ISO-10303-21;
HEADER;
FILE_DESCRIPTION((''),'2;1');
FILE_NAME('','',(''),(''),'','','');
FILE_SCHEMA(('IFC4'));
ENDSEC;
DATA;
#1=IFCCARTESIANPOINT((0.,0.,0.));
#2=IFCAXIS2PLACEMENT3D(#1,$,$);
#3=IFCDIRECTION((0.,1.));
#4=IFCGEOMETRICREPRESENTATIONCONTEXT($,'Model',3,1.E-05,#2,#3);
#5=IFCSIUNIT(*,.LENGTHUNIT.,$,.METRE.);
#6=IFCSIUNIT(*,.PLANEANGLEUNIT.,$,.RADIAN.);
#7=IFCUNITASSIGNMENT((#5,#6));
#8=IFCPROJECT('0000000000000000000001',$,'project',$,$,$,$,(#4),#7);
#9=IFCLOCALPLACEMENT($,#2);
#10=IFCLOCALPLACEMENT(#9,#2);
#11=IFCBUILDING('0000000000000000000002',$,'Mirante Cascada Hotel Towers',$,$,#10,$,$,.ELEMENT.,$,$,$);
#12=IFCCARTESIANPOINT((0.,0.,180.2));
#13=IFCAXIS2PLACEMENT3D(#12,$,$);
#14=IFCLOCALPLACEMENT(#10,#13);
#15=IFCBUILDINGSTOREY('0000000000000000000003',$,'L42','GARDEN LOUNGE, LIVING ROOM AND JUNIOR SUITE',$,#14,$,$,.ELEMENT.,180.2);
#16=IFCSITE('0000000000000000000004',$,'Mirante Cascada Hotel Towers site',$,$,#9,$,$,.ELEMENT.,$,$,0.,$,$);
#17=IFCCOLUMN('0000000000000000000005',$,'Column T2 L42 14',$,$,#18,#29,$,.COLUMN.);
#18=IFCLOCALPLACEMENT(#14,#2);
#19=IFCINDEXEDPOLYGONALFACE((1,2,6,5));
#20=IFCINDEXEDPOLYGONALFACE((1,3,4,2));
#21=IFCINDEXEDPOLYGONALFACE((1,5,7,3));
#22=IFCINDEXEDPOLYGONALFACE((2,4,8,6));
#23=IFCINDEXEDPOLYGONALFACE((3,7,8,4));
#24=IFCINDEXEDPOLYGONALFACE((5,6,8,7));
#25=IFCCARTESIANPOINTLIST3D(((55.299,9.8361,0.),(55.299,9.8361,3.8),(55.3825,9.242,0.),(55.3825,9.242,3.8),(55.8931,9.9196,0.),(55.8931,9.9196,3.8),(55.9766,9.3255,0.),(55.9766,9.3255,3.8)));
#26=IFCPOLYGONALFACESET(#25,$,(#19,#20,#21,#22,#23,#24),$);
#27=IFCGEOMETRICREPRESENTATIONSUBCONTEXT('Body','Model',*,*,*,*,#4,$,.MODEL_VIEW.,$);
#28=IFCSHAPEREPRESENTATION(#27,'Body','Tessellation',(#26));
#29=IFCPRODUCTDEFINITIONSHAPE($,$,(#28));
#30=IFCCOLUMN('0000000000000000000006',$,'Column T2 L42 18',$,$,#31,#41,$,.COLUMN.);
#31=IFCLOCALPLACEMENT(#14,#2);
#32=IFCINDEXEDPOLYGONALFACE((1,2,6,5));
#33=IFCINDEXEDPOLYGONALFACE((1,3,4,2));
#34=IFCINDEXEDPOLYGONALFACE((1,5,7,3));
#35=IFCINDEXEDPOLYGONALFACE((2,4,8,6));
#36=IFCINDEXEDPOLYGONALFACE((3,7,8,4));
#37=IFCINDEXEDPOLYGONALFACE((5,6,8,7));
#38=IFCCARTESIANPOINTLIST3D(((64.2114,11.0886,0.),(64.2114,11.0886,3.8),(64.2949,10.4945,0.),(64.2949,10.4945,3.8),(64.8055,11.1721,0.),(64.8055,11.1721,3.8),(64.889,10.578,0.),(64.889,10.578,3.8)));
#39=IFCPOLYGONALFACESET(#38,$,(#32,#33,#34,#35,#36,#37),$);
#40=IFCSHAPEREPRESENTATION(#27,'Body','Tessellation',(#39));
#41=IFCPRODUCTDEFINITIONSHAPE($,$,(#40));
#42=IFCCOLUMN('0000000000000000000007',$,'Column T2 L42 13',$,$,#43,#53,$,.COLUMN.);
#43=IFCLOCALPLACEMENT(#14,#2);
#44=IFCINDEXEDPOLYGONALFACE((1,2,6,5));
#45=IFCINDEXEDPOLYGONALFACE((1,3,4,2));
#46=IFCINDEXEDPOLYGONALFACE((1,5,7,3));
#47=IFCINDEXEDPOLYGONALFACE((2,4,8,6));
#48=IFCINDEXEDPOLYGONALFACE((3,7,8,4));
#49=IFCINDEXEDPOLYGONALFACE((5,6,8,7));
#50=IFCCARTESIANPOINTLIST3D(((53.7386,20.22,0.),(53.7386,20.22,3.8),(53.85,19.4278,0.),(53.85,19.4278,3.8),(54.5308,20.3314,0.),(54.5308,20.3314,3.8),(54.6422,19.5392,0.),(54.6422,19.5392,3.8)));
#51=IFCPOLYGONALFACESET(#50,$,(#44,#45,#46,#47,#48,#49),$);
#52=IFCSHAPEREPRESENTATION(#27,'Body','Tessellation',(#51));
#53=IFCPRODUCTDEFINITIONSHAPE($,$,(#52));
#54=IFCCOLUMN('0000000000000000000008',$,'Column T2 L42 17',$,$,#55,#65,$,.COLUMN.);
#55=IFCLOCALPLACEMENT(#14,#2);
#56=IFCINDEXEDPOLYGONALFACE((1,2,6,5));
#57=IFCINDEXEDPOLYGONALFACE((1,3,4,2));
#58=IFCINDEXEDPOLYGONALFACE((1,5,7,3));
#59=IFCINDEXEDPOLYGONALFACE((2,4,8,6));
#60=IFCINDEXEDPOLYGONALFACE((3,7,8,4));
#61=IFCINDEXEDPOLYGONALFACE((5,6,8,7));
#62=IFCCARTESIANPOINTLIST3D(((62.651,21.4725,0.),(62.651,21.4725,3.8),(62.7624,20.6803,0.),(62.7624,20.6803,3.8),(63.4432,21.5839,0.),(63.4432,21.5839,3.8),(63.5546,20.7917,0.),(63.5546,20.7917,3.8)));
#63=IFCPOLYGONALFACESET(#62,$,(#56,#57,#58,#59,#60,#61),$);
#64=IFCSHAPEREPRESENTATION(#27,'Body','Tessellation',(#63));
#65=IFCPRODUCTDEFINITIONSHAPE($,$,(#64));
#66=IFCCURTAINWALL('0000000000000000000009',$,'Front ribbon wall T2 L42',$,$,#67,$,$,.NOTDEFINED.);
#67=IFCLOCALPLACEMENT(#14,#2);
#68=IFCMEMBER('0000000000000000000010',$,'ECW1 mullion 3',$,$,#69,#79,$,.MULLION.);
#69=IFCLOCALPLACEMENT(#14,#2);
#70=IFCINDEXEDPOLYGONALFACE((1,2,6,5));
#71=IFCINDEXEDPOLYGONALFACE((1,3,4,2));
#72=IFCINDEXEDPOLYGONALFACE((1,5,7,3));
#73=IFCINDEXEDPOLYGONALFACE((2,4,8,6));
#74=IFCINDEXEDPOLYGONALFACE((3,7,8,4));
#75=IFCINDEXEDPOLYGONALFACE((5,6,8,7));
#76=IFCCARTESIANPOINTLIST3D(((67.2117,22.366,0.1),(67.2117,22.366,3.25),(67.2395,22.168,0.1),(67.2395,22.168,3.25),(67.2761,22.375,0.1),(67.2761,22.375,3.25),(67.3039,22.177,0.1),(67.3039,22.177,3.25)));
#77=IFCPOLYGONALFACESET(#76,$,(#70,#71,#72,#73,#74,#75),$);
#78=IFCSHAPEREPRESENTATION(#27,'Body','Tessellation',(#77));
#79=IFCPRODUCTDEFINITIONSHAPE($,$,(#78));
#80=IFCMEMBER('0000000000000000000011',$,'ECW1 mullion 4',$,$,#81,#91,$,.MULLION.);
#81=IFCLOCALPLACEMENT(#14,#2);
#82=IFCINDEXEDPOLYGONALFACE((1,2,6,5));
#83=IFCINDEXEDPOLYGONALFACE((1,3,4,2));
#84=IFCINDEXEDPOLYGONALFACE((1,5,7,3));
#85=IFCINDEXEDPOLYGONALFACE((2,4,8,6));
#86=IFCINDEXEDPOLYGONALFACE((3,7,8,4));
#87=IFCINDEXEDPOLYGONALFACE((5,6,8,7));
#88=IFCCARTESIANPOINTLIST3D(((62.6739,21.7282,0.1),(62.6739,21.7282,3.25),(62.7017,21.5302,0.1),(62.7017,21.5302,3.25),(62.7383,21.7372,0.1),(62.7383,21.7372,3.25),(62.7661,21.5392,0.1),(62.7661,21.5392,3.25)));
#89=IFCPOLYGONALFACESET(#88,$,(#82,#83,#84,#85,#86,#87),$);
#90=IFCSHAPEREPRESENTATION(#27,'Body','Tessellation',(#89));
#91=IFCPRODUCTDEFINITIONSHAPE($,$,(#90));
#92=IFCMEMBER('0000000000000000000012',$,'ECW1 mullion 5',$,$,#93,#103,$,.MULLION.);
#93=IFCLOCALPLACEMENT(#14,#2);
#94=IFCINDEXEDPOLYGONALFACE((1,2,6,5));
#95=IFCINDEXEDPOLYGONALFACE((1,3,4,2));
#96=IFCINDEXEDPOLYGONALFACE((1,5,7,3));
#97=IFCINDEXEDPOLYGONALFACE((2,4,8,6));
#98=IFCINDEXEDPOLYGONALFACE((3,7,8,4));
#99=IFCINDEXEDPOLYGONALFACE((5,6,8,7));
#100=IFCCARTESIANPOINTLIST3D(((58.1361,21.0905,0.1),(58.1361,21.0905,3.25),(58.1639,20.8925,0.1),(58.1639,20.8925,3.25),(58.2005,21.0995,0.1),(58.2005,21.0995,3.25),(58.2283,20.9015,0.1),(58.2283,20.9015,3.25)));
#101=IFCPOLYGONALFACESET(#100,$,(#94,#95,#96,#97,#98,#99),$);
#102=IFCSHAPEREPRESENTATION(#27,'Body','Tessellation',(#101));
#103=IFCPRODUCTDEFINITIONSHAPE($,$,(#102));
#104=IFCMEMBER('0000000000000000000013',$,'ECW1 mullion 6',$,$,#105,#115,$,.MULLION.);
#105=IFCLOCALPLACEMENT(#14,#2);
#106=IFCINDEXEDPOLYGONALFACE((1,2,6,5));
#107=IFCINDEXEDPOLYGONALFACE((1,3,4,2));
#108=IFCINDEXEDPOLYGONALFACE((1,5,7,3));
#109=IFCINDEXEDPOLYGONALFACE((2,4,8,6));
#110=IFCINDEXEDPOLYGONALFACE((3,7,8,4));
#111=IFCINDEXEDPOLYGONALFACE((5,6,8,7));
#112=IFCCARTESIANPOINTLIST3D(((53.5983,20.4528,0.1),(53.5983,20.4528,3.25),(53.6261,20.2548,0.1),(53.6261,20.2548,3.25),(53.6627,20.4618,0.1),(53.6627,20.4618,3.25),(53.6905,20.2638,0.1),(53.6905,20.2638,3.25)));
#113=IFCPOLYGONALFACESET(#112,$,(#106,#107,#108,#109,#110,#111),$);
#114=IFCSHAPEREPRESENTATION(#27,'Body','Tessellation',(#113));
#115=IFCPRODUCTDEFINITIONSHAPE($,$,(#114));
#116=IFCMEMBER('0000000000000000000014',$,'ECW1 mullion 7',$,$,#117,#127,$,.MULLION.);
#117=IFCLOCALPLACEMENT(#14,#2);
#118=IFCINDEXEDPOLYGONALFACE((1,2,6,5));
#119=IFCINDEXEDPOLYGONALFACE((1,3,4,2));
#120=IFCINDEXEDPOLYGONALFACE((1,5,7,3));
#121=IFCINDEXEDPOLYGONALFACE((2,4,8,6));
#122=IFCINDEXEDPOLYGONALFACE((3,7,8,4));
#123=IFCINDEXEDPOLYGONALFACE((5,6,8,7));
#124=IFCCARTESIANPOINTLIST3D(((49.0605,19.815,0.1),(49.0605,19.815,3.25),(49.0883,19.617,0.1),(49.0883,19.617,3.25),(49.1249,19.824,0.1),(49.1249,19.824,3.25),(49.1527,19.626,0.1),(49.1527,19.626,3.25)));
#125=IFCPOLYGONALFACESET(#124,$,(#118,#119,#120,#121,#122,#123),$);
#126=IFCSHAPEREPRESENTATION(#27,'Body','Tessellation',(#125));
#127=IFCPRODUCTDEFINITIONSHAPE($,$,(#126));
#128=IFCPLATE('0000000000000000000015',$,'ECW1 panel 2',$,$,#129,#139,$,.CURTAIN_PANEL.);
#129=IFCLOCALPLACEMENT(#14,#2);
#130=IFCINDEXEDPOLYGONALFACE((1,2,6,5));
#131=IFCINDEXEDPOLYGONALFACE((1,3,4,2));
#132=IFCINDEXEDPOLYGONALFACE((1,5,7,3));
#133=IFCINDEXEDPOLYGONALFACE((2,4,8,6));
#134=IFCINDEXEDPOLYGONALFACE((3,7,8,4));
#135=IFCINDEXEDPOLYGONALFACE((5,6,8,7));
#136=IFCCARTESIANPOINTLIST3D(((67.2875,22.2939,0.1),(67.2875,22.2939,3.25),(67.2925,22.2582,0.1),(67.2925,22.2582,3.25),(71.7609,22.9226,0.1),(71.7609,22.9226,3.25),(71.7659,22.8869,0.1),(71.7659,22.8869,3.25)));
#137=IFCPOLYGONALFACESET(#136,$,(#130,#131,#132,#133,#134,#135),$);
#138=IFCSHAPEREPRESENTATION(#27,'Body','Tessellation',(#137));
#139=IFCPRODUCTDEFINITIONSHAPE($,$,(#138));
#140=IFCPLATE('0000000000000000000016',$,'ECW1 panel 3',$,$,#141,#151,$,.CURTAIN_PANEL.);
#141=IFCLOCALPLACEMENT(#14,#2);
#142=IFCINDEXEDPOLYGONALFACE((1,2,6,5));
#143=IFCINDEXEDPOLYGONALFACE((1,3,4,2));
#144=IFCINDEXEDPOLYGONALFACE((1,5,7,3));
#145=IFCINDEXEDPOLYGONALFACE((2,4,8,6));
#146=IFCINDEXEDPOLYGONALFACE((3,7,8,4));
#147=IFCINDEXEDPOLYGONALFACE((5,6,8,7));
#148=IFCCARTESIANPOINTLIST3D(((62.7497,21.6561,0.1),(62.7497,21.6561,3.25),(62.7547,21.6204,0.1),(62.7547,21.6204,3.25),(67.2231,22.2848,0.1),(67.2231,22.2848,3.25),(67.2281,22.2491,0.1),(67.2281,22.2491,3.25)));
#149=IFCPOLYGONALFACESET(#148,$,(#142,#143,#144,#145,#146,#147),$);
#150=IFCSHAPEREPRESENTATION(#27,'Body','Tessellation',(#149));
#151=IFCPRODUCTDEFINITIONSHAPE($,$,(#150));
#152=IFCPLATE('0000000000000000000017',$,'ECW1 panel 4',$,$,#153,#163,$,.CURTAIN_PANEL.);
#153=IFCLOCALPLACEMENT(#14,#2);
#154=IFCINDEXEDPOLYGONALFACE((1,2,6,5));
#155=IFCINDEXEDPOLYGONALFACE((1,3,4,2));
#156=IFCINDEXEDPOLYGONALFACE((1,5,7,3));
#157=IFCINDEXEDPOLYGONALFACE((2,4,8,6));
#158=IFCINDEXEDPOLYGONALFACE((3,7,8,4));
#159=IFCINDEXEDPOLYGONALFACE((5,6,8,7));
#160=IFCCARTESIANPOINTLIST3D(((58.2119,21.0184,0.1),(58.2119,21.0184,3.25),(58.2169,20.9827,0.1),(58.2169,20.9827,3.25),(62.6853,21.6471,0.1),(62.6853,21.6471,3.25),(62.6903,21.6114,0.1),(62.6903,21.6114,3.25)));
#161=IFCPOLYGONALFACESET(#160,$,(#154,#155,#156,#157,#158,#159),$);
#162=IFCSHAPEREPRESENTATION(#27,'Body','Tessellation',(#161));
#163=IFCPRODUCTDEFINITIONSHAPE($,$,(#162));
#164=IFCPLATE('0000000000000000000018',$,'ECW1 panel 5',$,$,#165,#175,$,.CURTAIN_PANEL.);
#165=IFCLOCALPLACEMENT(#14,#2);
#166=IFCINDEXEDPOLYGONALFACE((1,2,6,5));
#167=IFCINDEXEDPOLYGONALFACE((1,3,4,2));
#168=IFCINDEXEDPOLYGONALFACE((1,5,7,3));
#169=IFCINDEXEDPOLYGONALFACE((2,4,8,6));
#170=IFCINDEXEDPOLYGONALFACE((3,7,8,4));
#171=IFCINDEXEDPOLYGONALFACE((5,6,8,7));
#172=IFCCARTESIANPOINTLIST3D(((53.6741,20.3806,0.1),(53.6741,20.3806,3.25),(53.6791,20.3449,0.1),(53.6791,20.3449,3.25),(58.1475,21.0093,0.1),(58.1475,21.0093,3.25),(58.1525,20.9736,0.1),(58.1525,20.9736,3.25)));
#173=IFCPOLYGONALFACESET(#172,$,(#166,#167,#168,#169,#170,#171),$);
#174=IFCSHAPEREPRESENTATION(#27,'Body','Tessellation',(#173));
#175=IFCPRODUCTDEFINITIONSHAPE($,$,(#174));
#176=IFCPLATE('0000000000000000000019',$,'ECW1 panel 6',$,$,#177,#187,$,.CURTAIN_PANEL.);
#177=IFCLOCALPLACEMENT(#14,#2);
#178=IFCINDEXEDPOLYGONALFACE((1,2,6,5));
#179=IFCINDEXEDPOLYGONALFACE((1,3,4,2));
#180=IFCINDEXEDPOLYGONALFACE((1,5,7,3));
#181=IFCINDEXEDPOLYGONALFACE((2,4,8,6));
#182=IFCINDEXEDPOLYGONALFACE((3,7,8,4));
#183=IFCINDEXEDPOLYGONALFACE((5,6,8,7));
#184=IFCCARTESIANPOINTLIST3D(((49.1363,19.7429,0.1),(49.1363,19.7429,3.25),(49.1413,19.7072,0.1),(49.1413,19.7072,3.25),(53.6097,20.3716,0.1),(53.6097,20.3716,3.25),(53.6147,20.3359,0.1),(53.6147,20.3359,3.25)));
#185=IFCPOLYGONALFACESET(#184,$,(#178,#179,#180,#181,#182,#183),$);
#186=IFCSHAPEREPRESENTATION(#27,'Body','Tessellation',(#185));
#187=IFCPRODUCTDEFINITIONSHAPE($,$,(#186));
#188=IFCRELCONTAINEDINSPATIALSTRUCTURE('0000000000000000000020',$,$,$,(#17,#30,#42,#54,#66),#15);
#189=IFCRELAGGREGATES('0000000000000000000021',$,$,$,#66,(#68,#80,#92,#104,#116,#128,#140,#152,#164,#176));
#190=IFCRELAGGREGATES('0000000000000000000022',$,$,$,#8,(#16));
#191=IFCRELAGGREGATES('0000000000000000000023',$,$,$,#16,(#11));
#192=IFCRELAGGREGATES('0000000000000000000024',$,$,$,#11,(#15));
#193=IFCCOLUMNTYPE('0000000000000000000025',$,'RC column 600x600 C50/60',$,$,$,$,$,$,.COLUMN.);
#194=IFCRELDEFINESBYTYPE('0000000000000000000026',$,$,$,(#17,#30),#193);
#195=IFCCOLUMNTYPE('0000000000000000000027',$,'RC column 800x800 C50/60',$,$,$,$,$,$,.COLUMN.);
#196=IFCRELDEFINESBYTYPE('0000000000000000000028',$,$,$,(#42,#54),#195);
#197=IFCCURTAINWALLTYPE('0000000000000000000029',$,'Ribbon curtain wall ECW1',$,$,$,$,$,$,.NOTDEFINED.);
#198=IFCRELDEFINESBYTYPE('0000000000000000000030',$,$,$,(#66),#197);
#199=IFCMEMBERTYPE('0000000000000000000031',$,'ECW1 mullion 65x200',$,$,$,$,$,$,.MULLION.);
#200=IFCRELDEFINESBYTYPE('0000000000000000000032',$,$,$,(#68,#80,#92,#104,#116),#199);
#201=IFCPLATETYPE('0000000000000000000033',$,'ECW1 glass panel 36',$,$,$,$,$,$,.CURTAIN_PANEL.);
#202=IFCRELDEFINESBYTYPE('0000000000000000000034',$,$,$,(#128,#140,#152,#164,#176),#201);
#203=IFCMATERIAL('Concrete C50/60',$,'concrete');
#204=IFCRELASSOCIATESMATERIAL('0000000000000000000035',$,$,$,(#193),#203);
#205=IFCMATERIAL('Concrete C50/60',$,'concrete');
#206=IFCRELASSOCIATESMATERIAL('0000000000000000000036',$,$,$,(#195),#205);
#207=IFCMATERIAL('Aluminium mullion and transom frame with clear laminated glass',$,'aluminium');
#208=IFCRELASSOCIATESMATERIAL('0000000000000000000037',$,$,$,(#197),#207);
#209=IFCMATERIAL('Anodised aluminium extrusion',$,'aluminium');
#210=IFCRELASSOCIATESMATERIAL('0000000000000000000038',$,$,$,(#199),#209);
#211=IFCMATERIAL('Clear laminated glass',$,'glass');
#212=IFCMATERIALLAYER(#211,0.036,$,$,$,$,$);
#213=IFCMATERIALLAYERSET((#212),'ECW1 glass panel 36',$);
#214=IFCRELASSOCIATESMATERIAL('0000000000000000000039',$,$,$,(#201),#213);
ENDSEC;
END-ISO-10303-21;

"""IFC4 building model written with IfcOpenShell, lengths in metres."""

from ifc_helpers import new_model, si_unit, direction, frame, origin, origin_2d, place, context, subcontext, project, spatial, rectangle, extrude, material, layer, layer_set, material_profile, profile_set, type_object, element, aggregate, save


model = new_model("IFC4")

# Units and contexts
model_context = context("Model", 3, precision=1e-05, world=origin(), true_north=direction((0.0, 1.0)))
body_context = subcontext(model_context, "Body", "Model", "MODEL_VIEW")
ifc_project = project(units=[si_unit("LENGTHUNIT", "METRE"), si_unit("PLANEANGLEUNIT", "RADIAN")], contexts=[model_context])

# Site, building, storey
site_placement = place(None, origin())
site = spatial("IfcSite", under=ifc_project, at=site_placement, Name="Mirante Cascada Hotel Towers site", CompositionType="ELEMENT", RefElevation=0.0)
building_placement = place(site_placement, origin())
building = spatial("IfcBuilding", under=site, at=building_placement, Name="Mirante Cascada Hotel Towers", CompositionType="ELEMENT")
storey_placement = place(building_placement, frame((0.0, 0.0, 180.2)))
storey = spatial("IfcBuildingStorey", under=building, at=storey_placement, Name="L42", Description="GARDEN LOUNGE, LIVING ROOM AND JUNIOR SUITE", CompositionType="ELEMENT", Elevation=180.2)

# Columns
ifc_material_1 = material(Name="Concrete C50/60", Category="concrete")
ifc_material_profile_1 = material_profile(ifc_material_1, rectangle(XDim=0.6, YDim=0.6, at=origin_2d()), Name="RC column 600x600 C50/60")
ifc_profile_set_1 = profile_set([ifc_material_profile_1], Name="Concrete C50/60")
column_type_1 = type_object("IfcColumnType", Name="RC column 600x600 C50/60", PredefinedType="COLUMN", material=ifc_profile_set_1)
for number, where, z_axis, x_axis, name in (
    (1, (55.6378, 9.5808, 0.0), (0.0, 0.0, 1.0), (0.990268, 0.139173, 0.0), "Column T2 L42 14"),
    (2, (64.5502, 10.8333, 0.0), (0.0, 0.0, 1.0), (0.990268, 0.139173, 0.0), "Column T2 L42 18"),
):
    element("IfcColumn", number, at=place(storey_placement, frame(where, z_axis=z_axis, x_axis=x_axis)), inside=storey, type_object=column_type_1, Name=name, PredefinedType="COLUMN", context=body_context, shape_type="SweptSolid", body=[
        extrude(rectangle(XDim=0.6, YDim=0.6, at=origin_2d()), origin(), (0.0, 0.0, 1.0), 3.8),
    ])
ifc_material_2 = material(Name="Concrete C50/60", Category="concrete")
ifc_material_profile_2 = material_profile(ifc_material_2, rectangle(XDim=0.8, YDim=0.8, at=origin_2d()), Name="RC column 800x800 C50/60")
ifc_profile_set_2 = profile_set([ifc_material_profile_2], Name="Concrete C50/60")
column_type_2 = type_object("IfcColumnType", Name="RC column 800x800 C50/60", PredefinedType="COLUMN", material=ifc_profile_set_2)
for number, where, z_axis, x_axis, name in (
    (3, (54.1904, 19.8796, 0.0), (0.0, 0.0, 1.0), (0.990268, 0.139173, 0.0), "Column T2 L42 13"),
    (4, (63.1028, 21.1321, 0.0), (0.0, 0.0, 1.0), (0.990268, 0.139173, 0.0), "Column T2 L42 17"),
):
    element("IfcColumn", number, at=place(storey_placement, frame(where, z_axis=z_axis, x_axis=x_axis)), inside=storey, type_object=column_type_2, Name=name, PredefinedType="COLUMN", context=body_context, shape_type="SweptSolid", body=[
        extrude(rectangle(XDim=0.8, YDim=0.8, at=origin_2d()), origin(), (0.0, 0.0, 1.0), 3.8),
    ])

# Curtain wall, members, plates
ifc_material_3 = material(Name="Aluminium mullion and transom frame with clear laminated glass", Category="aluminium")
curtain_wall_type = type_object("IfcCurtainWallType", Name="Ribbon curtain wall ECW1", PredefinedType="NOTDEFINED", material=ifc_material_3)
curtain_wall_placement = place(storey_placement, origin())
curtain_wall = element("IfcCurtainWall", 5, at=curtain_wall_placement, inside=storey, type_object=curtain_wall_type, Name="Front ribbon wall T2 L42", PredefinedType="NOTDEFINED")
ifc_material_4 = material(Name="Anodised aluminium extrusion", Category="aluminium")
ifc_material_profile_3 = material_profile(ifc_material_4, rectangle(XDim=0.2, YDim=0.065, at=origin_2d()), Name="ECW1 MULLION 65x200")
ifc_profile_set_3 = profile_set([ifc_material_profile_3], Name="Anodised aluminium extrusion")
member_type = type_object("IfcMemberType", Name="ECW1 mullion 65x200", PredefinedType="MULLION", material=ifc_profile_set_3)
member_1_placement = place(storey_placement, frame((67.2578, 22.2715, 0.1), z_axis=(0.0, 0.0, 1.0), x_axis=(0.139173, -0.990268, 0.0)))
member_1 = element("IfcMember", 6, at=member_1_placement, type_object=member_type, Name="ECW1 mullion 3", PredefinedType="MULLION", context=body_context, shape_type="SweptSolid", body=[
    extrude(rectangle(XDim=0.2, YDim=0.065, at=origin_2d()), origin(), (0.0, 0.0, 1.0), 3.15),
])
member_2_placement = place(storey_placement, frame((62.72, 21.6337, 0.1), z_axis=(0.0, 0.0, 1.0), x_axis=(0.139173, -0.990268, 0.0)))
member_2 = element("IfcMember", 7, at=member_2_placement, type_object=member_type, Name="ECW1 mullion 4", PredefinedType="MULLION", context=body_context, shape_type="SweptSolid", body=[
    extrude(rectangle(XDim=0.2, YDim=0.065, at=origin_2d()), origin(), (0.0, 0.0, 1.0), 3.15),
])
member_3_placement = place(storey_placement, frame((58.1822, 20.996, 0.1), z_axis=(0.0, 0.0, 1.0), x_axis=(0.139173, -0.990268, 0.0)))
member_3 = element("IfcMember", 8, at=member_3_placement, type_object=member_type, Name="ECW1 mullion 5", PredefinedType="MULLION", context=body_context, shape_type="SweptSolid", body=[
    extrude(rectangle(XDim=0.2, YDim=0.065, at=origin_2d()), origin(), (0.0, 0.0, 1.0), 3.15),
])
member_4_placement = place(storey_placement, frame((53.6444, 20.3583, 0.1), z_axis=(0.0, 0.0, 1.0), x_axis=(0.139173, -0.990268, 0.0)))
member_4 = element("IfcMember", 9, at=member_4_placement, type_object=member_type, Name="ECW1 mullion 6", PredefinedType="MULLION", context=body_context, shape_type="SweptSolid", body=[
    extrude(rectangle(XDim=0.2, YDim=0.065, at=origin_2d()), origin(), (0.0, 0.0, 1.0), 3.15),
])
member_5_placement = place(storey_placement, frame((49.1066, 19.7205, 0.1), z_axis=(0.0, 0.0, 1.0), x_axis=(0.139173, -0.990268, 0.0)))
member_5 = element("IfcMember", 10, at=member_5_placement, type_object=member_type, Name="ECW1 mullion 7", PredefinedType="MULLION", context=body_context, shape_type="SweptSolid", body=[
    extrude(rectangle(XDim=0.2, YDim=0.065, at=origin_2d()), origin(), (0.0, 0.0, 1.0), 3.15),
])
ifc_material_5 = material(Name="Clear laminated glass", Category="glass")
ifc_layer_1 = layer(ifc_material_5, 0.036)
ifc_layer_set_1 = layer_set([ifc_layer_1], Name="ECW1 glass panel 36")
plate_type = type_object("IfcPlateType", Name="ECW1 glass panel 36", PredefinedType="CURTAIN_PANEL", material=ifc_layer_set_1)
plate_1_placement = place(storey_placement, frame((69.5267, 22.5904, 0.1), z_axis=(0.0, 0.0, 1.0), x_axis=(-0.990268, -0.139173, 0.0)))
plate_1 = element("IfcPlate", 11, at=plate_1_placement, type_object=plate_type, Name="ECW1 panel 2", PredefinedType="CURTAIN_PANEL", context=body_context, shape_type="SweptSolid", body=[
    extrude(rectangle(XDim=4.5174, YDim=0.036, at=origin_2d()), origin(), (0.0, 0.0, 1.0), 3.15),
])
plate_2_placement = place(storey_placement, frame((64.9889, 21.9526, 0.1), z_axis=(0.0, 0.0, 1.0), x_axis=(-0.990268, -0.139173, 0.0)))
plate_2 = element("IfcPlate", 12, at=plate_2_placement, type_object=plate_type, Name="ECW1 panel 3", PredefinedType="CURTAIN_PANEL", context=body_context, shape_type="SweptSolid", body=[
    extrude(rectangle(XDim=4.5174, YDim=0.036, at=origin_2d()), origin(), (0.0, 0.0, 1.0), 3.15),
])
plate_3_placement = place(storey_placement, frame((60.4511, 21.3149, 0.1), z_axis=(0.0, 0.0, 1.0), x_axis=(-0.990268, -0.139173, 0.0)))
plate_3 = element("IfcPlate", 13, at=plate_3_placement, type_object=plate_type, Name="ECW1 panel 4", PredefinedType="CURTAIN_PANEL", context=body_context, shape_type="SweptSolid", body=[
    extrude(rectangle(XDim=4.5174, YDim=0.036, at=origin_2d()), origin(), (0.0, 0.0, 1.0), 3.15),
])
plate_4_placement = place(storey_placement, frame((55.9133, 20.6771, 0.1), z_axis=(0.0, 0.0, 1.0), x_axis=(-0.990268, -0.139173, 0.0)))
plate_4 = element("IfcPlate", 14, at=plate_4_placement, type_object=plate_type, Name="ECW1 panel 5", PredefinedType="CURTAIN_PANEL", context=body_context, shape_type="SweptSolid", body=[
    extrude(rectangle(XDim=4.5174, YDim=0.036, at=origin_2d()), origin(), (0.0, 0.0, 1.0), 3.15),
])
plate_5_placement = place(storey_placement, frame((51.3755, 20.0394, 0.1), z_axis=(0.0, 0.0, 1.0), x_axis=(-0.990268, -0.139173, 0.0)))
plate_5 = element("IfcPlate", 15, at=plate_5_placement, type_object=plate_type, Name="ECW1 panel 6", PredefinedType="CURTAIN_PANEL", context=body_context, shape_type="SweptSolid", body=[
    extrude(rectangle(XDim=4.5174, YDim=0.036, at=origin_2d()), origin(), (0.0, 0.0, 1.0), 3.15),
])
aggregate(curtain_wall, [member_1, member_2, member_3, member_4, member_5, plate_1, plate_2, plate_3, plate_4, plate_5])

save(model, "model.ifc")
